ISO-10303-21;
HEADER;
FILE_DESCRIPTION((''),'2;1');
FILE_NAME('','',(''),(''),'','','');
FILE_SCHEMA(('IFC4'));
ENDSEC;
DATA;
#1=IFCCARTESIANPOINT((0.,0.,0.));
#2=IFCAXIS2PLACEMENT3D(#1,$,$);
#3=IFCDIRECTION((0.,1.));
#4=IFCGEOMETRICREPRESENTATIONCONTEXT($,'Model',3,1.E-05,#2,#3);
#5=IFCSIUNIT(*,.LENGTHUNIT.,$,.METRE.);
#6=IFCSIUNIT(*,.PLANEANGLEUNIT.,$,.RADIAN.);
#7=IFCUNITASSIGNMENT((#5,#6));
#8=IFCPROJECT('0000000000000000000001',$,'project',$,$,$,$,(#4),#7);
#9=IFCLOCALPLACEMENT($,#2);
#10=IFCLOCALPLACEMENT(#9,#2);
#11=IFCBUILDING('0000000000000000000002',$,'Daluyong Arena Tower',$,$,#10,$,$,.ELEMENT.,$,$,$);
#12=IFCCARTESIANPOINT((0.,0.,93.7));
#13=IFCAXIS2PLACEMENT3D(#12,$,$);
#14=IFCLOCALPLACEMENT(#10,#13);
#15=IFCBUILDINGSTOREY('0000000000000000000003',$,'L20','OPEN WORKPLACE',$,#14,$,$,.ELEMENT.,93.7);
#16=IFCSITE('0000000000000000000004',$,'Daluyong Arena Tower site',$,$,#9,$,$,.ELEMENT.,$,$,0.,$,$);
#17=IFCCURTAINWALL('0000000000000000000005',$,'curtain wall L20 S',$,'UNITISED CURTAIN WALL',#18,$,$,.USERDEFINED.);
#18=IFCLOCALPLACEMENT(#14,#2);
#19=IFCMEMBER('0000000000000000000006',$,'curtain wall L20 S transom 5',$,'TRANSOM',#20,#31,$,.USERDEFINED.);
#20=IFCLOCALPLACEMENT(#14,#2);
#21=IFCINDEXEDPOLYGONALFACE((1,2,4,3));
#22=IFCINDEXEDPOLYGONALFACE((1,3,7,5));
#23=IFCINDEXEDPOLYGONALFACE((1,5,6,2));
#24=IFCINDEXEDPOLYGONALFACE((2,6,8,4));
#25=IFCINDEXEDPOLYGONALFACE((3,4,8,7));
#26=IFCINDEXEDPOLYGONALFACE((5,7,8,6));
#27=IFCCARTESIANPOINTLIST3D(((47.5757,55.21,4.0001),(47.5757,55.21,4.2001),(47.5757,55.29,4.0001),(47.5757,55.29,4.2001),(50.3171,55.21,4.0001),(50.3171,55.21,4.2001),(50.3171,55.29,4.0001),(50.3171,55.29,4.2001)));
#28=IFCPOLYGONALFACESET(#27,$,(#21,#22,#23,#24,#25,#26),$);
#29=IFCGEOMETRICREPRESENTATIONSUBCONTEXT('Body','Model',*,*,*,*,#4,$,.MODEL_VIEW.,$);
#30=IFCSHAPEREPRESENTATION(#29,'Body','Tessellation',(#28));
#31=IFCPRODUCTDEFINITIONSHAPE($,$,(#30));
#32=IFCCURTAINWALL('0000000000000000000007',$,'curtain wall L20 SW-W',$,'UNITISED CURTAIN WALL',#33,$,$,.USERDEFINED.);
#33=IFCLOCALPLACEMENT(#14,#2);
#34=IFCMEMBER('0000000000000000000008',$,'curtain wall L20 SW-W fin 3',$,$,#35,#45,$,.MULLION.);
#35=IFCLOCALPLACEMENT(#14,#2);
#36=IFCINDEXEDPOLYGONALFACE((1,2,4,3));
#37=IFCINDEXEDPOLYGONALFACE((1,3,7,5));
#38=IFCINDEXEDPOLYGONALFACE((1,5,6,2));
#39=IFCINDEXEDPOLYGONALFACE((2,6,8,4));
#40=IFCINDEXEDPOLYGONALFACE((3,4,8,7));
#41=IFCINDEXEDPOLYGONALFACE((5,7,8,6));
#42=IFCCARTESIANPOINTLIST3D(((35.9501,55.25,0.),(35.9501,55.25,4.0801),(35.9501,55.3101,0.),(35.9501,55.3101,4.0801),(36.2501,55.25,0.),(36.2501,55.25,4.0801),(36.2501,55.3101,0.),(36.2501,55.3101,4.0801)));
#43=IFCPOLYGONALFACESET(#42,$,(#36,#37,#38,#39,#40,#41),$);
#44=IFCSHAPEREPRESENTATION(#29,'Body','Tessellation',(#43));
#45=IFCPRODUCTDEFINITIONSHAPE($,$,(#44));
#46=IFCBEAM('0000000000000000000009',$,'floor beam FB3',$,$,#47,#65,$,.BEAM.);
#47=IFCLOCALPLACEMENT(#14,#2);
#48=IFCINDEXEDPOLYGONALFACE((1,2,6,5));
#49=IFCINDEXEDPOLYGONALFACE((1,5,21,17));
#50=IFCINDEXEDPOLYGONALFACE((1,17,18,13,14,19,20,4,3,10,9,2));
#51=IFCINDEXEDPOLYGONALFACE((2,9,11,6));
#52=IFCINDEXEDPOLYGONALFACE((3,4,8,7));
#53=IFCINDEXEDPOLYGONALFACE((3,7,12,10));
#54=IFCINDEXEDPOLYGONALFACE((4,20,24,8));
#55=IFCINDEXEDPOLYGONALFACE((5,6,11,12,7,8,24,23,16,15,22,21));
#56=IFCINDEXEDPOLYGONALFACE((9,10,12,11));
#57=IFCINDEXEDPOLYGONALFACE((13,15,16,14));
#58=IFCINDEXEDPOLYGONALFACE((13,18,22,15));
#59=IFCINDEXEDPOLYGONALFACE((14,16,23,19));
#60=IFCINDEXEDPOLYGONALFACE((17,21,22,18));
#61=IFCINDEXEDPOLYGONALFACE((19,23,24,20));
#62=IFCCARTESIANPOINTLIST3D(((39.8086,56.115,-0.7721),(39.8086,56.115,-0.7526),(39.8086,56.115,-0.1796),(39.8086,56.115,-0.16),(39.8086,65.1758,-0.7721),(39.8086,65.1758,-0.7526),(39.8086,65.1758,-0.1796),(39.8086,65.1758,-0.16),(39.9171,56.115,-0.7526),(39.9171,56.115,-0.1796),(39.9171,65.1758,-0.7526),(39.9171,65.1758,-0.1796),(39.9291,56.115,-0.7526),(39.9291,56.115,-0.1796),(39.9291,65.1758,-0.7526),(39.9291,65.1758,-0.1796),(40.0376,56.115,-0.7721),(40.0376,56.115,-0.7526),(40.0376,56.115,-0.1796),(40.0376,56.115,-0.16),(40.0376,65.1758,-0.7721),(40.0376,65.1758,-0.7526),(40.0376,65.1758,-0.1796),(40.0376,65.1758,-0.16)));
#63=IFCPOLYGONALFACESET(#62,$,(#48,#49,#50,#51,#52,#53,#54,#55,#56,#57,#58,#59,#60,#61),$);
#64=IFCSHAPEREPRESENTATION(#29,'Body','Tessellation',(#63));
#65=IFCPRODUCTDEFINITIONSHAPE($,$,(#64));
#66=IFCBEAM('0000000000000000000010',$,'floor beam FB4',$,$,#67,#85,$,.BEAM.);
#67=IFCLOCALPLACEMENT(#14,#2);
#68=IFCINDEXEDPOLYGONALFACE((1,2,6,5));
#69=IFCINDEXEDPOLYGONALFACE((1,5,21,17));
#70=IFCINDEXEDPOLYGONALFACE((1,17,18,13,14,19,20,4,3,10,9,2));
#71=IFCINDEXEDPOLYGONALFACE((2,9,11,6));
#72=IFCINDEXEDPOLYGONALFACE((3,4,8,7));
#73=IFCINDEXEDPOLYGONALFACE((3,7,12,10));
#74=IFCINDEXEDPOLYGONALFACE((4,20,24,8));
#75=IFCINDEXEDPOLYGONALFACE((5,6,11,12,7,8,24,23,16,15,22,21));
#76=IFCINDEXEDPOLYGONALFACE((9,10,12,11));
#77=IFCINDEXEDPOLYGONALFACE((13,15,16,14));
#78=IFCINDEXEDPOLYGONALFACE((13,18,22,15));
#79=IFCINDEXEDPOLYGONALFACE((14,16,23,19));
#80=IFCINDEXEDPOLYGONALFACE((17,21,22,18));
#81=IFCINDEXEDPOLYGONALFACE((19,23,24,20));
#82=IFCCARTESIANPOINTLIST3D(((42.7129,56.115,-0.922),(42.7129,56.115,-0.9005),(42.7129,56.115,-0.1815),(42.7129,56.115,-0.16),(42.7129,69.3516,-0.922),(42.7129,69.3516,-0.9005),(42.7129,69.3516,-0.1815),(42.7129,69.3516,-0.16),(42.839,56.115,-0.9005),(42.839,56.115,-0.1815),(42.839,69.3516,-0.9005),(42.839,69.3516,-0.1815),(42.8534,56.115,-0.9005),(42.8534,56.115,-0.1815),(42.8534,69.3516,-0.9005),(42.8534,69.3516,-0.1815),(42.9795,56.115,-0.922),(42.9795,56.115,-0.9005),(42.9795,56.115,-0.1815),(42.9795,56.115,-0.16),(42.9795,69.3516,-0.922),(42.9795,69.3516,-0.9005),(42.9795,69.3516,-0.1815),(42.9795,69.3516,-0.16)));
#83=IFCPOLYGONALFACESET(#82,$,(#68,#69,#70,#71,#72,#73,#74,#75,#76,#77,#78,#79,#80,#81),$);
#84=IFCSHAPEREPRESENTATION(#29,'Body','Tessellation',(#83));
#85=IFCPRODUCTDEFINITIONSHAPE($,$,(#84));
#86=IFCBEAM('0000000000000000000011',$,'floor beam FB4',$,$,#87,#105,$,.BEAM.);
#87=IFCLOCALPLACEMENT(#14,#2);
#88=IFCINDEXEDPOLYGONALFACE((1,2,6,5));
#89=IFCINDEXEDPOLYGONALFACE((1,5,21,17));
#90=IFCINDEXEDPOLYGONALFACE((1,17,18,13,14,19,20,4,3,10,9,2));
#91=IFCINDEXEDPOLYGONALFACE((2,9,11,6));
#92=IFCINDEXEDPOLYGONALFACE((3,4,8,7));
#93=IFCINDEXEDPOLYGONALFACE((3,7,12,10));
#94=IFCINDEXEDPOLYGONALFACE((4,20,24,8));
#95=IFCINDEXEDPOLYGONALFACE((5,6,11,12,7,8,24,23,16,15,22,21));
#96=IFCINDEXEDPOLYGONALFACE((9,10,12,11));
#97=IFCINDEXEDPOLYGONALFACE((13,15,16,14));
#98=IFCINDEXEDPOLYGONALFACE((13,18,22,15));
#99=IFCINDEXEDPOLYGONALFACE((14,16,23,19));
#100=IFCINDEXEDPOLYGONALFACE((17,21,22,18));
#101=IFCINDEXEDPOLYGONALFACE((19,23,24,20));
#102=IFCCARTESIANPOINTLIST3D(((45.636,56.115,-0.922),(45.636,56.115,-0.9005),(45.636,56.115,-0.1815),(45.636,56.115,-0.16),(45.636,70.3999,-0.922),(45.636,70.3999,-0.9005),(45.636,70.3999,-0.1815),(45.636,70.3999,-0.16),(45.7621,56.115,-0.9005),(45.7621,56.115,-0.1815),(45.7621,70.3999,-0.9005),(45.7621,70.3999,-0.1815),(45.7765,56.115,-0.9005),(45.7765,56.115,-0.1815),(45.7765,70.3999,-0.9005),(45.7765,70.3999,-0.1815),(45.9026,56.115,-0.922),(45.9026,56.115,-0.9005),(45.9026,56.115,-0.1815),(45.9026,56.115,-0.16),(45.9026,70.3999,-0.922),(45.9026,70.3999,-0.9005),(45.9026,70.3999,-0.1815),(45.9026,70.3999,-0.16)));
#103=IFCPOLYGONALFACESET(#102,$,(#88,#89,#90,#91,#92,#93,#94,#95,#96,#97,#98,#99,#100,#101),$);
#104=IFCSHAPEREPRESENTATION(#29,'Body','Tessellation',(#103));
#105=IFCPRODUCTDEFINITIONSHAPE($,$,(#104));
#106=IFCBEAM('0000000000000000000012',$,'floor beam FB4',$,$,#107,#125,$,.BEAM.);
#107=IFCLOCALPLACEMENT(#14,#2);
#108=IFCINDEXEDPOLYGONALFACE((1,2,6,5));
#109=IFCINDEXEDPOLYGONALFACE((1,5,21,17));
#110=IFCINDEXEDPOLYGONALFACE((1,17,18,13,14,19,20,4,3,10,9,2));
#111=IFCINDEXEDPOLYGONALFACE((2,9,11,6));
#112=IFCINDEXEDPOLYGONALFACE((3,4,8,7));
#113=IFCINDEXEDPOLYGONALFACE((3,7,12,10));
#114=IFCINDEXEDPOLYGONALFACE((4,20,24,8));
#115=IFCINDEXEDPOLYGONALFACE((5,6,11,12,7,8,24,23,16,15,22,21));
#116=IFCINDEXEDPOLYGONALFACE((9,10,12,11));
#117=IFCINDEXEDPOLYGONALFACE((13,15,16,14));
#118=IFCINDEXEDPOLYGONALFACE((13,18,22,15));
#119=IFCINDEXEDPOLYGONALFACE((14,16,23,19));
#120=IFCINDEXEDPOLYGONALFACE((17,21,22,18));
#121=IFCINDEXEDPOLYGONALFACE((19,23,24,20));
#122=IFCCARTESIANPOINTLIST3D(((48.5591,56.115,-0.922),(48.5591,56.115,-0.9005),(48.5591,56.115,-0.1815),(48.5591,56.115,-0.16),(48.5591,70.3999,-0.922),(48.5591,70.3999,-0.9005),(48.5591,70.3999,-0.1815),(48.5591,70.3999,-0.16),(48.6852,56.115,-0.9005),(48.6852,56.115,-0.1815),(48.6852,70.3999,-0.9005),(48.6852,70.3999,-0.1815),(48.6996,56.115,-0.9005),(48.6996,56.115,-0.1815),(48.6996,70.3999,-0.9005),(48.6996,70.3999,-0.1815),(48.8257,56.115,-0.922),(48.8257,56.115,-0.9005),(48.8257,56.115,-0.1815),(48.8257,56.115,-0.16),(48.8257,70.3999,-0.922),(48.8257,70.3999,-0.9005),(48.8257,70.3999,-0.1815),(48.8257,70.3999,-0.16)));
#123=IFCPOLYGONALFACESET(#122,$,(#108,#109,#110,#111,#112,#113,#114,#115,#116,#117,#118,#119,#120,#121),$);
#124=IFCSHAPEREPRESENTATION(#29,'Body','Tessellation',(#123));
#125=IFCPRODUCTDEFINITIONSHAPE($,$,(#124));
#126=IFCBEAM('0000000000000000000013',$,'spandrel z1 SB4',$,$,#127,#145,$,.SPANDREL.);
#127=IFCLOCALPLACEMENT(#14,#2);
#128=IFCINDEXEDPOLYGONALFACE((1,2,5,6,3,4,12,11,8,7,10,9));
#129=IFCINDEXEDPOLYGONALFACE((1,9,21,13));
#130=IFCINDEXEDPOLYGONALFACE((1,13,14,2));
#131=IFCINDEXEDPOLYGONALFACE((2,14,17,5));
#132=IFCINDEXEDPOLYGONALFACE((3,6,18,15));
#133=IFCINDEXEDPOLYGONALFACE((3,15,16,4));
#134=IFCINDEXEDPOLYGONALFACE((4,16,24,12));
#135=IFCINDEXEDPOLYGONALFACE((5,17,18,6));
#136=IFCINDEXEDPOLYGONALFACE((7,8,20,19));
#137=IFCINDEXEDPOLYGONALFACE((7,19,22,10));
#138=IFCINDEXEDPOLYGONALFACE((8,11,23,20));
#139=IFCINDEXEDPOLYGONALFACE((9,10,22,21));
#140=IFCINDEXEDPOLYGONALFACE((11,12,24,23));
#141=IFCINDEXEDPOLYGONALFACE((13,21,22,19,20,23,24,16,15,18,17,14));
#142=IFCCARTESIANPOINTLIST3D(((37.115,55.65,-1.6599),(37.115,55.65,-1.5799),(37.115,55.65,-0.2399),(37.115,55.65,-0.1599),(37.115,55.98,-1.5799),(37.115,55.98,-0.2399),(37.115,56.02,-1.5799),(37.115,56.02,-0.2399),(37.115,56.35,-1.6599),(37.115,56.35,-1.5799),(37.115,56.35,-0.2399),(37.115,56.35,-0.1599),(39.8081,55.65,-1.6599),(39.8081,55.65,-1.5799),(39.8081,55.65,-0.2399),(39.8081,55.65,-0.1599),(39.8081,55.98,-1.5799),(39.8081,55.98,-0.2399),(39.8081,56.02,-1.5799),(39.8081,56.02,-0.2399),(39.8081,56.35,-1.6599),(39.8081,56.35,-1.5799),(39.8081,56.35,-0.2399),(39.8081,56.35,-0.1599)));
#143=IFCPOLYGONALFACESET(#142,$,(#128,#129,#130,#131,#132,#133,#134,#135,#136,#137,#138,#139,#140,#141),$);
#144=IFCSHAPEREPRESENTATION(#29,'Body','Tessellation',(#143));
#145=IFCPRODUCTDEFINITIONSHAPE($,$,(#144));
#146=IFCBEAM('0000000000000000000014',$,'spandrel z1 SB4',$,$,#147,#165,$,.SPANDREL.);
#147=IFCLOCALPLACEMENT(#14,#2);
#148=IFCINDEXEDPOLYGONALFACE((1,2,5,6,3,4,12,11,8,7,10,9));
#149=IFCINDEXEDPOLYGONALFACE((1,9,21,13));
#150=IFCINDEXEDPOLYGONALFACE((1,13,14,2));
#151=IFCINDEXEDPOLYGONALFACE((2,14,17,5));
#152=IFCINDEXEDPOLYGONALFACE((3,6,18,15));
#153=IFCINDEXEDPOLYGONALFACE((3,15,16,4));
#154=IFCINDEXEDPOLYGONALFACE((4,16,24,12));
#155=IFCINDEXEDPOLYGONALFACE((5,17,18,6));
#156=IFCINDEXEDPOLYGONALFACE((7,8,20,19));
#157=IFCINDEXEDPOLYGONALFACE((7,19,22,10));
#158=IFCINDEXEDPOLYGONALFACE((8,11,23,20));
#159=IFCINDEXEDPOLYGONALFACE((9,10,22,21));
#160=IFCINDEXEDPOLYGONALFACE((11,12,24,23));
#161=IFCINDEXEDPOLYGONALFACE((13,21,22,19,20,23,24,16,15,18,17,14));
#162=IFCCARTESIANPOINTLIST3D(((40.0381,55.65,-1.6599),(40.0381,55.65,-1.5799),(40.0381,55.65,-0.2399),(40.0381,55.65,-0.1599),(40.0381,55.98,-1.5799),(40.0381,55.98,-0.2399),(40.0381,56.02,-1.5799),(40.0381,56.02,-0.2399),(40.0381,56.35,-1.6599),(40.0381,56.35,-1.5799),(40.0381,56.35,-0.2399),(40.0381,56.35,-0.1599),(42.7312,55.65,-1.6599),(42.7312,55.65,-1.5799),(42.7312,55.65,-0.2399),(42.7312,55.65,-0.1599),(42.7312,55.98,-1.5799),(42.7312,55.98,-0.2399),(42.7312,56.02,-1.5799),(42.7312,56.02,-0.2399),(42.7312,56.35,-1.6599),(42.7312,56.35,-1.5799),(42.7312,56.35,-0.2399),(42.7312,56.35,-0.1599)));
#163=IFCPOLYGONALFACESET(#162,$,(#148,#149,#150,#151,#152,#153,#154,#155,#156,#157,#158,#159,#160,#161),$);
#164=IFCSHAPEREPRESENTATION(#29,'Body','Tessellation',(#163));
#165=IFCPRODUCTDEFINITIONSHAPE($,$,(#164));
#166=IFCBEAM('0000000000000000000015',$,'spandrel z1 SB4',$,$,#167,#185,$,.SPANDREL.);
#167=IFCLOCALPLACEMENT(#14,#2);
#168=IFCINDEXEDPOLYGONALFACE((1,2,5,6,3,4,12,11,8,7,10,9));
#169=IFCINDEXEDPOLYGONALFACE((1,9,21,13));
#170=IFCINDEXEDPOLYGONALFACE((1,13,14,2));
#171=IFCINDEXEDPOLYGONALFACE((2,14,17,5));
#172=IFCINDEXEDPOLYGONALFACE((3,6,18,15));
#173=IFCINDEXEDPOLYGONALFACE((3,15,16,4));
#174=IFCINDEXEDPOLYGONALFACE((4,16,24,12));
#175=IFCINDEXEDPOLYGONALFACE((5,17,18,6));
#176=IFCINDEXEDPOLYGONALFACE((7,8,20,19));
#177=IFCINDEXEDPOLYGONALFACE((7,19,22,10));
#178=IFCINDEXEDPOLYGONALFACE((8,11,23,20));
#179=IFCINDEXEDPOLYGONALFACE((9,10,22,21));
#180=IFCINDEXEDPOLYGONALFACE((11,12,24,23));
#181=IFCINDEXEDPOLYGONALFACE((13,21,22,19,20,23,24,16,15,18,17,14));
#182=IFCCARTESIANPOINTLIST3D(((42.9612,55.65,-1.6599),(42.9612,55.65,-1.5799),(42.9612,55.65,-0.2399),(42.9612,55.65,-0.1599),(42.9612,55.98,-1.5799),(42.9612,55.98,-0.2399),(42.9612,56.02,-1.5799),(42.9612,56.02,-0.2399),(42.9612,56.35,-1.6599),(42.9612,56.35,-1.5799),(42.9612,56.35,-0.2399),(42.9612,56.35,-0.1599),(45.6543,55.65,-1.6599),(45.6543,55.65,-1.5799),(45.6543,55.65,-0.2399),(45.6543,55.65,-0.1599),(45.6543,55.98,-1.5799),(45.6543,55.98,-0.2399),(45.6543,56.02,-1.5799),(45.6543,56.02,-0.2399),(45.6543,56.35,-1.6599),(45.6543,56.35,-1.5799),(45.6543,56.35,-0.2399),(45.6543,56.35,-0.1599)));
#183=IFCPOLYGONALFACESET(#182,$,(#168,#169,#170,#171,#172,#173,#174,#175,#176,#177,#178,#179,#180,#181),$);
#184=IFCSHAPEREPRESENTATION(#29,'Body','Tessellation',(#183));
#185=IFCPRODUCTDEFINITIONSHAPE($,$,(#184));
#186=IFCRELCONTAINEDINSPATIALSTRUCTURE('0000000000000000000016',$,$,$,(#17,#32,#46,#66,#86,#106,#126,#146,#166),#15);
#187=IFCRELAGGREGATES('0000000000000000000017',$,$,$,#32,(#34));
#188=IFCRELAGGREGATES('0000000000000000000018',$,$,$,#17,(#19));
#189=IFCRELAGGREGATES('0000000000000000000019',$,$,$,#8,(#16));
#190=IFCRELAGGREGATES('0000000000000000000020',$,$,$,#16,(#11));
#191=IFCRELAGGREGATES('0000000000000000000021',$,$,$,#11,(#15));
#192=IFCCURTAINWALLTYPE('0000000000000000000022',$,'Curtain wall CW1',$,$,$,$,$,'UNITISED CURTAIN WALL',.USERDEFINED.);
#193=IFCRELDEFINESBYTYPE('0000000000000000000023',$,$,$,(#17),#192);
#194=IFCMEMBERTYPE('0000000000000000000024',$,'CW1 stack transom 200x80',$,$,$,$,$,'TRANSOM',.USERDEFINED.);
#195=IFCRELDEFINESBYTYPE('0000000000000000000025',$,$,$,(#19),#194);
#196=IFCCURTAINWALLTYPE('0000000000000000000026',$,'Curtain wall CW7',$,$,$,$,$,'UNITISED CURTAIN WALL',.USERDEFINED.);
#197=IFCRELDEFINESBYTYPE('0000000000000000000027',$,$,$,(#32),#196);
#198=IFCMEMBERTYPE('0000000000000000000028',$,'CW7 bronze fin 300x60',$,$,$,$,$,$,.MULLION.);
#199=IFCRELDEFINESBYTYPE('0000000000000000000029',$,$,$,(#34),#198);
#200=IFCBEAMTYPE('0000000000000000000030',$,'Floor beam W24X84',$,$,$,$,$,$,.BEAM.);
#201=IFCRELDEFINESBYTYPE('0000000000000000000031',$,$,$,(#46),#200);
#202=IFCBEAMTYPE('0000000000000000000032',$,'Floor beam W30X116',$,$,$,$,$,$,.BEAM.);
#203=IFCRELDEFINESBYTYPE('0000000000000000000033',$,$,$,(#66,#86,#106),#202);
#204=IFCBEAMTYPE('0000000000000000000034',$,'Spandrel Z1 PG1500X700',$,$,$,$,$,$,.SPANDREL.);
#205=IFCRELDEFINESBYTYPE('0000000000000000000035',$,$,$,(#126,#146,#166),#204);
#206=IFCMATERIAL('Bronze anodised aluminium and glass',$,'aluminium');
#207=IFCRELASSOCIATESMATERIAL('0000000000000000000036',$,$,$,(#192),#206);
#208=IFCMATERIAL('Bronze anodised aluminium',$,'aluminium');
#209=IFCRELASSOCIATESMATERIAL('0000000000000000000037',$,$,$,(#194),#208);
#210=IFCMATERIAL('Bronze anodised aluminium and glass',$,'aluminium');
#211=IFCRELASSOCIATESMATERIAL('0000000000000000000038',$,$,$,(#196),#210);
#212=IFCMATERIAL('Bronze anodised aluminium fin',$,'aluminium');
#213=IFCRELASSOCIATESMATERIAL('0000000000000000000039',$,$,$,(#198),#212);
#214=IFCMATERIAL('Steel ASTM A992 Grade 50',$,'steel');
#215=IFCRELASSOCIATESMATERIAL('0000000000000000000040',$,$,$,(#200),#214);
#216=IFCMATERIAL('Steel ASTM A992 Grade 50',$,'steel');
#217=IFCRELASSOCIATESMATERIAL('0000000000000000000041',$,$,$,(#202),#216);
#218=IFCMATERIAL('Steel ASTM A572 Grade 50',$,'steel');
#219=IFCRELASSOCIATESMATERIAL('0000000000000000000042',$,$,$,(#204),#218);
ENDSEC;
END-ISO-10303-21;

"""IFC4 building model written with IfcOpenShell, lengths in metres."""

from ifc_helpers import new_model, si_unit, direction, frame, origin, origin_2d, place, context, subcontext, project, spatial, rectangle, i_section, extrude, material, material_profile, profile_set, type_object, element, aggregate, save


model = new_model("IFC4")

# Units and contexts
model_context = context("Model", 3, precision=1e-05, world=origin(), true_north=direction((0.0, 1.0)))
body_context = subcontext(model_context, "Body", "Model", "MODEL_VIEW")
ifc_project = project(units=[si_unit("LENGTHUNIT", "METRE"), si_unit("PLANEANGLEUNIT", "RADIAN")], contexts=[model_context])

# Site, building, storey
site_placement = place(None, origin())
site = spatial("IfcSite", under=ifc_project, at=site_placement, Name="Daluyong Arena Tower site", CompositionType="ELEMENT", RefElevation=0.0)
building_placement = place(site_placement, origin())
building = spatial("IfcBuilding", under=site, at=building_placement, Name="Daluyong Arena Tower", CompositionType="ELEMENT")
storey_placement = place(building_placement, frame((0.0, 0.0, 93.7)))
storey = spatial("IfcBuildingStorey", under=building, at=storey_placement, Name="L20", Description="OPEN WORKPLACE", CompositionType="ELEMENT", Elevation=93.7)

# Curtain wall, member
ifc_material_1 = material(Name="Bronze anodised aluminium and glass", Category="aluminium")
curtain_wall_type_1 = type_object("IfcCurtainWallType", Name="Curtain wall CW1", ElementType="UNITISED CURTAIN WALL", PredefinedType="USERDEFINED", material=ifc_material_1)
curtain_wall_1_placement = place(storey_placement, origin())
curtain_wall_1 = element("IfcCurtainWall", 1, at=curtain_wall_1_placement, inside=storey, type_object=curtain_wall_type_1, Name="curtain wall L20 S", ObjectType="UNITISED CURTAIN WALL", PredefinedType="USERDEFINED")
ifc_material_2 = material(Name="Bronze anodised aluminium", Category="aluminium")
ifc_material_profile_1 = material_profile(ifc_material_2, rectangle(XDim=0.0801, YDim=0.2, at=origin_2d()))
ifc_profile_set_1 = profile_set([ifc_material_profile_1], Name="Bronze anodised aluminium")
member_type_1 = type_object("IfcMemberType", Name="CW1 stack transom 200x80", ElementType="TRANSOM", PredefinedType="USERDEFINED", material=ifc_profile_set_1)
member_1_placement = place(storey_placement, frame((47.5757, 55.25, 4.1001), z_axis=(1.0, 0.0, 0.0), x_axis=(0.0, 1.0, 0.0)))
member_1 = element("IfcMember", 2, at=member_1_placement, type_object=member_type_1, Name="curtain wall L20 S transom 5", ObjectType="TRANSOM", PredefinedType="USERDEFINED", context=body_context, shape_type="SweptSolid", body=[
    extrude(rectangle(XDim=0.0801, YDim=0.2, at=origin_2d()), origin(), (0.0, 0.0, 1.0), 2.7415),
])

# Curtain wall, member
ifc_material_3 = material(Name="Bronze anodised aluminium and glass", Category="aluminium")
curtain_wall_type_2 = type_object("IfcCurtainWallType", Name="Curtain wall CW7", ElementType="UNITISED CURTAIN WALL", PredefinedType="USERDEFINED", material=ifc_material_3)
curtain_wall_2_placement = place(storey_placement, origin())
curtain_wall_2 = element("IfcCurtainWall", 3, at=curtain_wall_2_placement, inside=storey, type_object=curtain_wall_type_2, Name="curtain wall L20 SW-W", ObjectType="UNITISED CURTAIN WALL", PredefinedType="USERDEFINED")
ifc_material_4 = material(Name="Bronze anodised aluminium fin", Category="aluminium")
ifc_material_profile_2 = material_profile(ifc_material_4, rectangle(XDim=0.3, YDim=0.0601, at=origin_2d()))
ifc_profile_set_2 = profile_set([ifc_material_profile_2], Name="Bronze anodised aluminium fin")
member_type_2 = type_object("IfcMemberType", Name="CW7 bronze fin 300x60", PredefinedType="MULLION", material=ifc_profile_set_2)
member_2_placement = place(storey_placement, frame((36.1001, 55.28, 0.0), z_axis=(0.0, 0.0, 1.0), x_axis=(1.0, 0.0, 0.0)))
member_2 = element("IfcMember", 4, at=member_2_placement, type_object=member_type_2, Name="curtain wall L20 SW-W fin 3", PredefinedType="MULLION", context=body_context, shape_type="SweptSolid", body=[
    extrude(rectangle(XDim=0.3, YDim=0.0601, at=origin_2d()), origin(), (0.0, 0.0, 1.0), 4.0801),
])
aggregate(curtain_wall_2, [member_2])

# Beams
ifc_material_5 = material(Name="Steel ASTM A992 Grade 50", Category="steel")
ifc_material_profile_3 = material_profile(ifc_material_5, i_section(OverallWidth=0.229, OverallDepth=0.6121, WebThickness=0.012, FlangeThickness=0.0195, at=origin_2d()))
ifc_profile_set_3 = profile_set([ifc_material_profile_3], Name="Steel ASTM A992 Grade 50")
beam_type_1 = type_object("IfcBeamType", Name="Floor beam W24X84", PredefinedType="BEAM", material=ifc_profile_set_3)
beam_1_placement = place(storey_placement, frame((39.9231, 56.115, -0.4661), z_axis=(0.0, 1.0, 0.0), x_axis=(-1.0, 0.0, 0.0)))
element("IfcBeam", 5, at=beam_1_placement, inside=storey, type_object=beam_type_1, Name="floor beam FB3", PredefinedType="BEAM", context=body_context, shape_type="SweptSolid", body=[
    extrude(i_section(OverallWidth=0.229, OverallDepth=0.6121, WebThickness=0.012, FlangeThickness=0.0195, at=origin_2d()), origin(), (0.0, 0.0, 1.0), 9.0608),
])
ifc_material_6 = material(Name="Steel ASTM A992 Grade 50", Category="steel")
ifc_material_profile_4 = material_profile(ifc_material_6, i_section(OverallWidth=0.2666, OverallDepth=0.762, WebThickness=0.0144, FlangeThickness=0.0215, at=origin_2d()))
ifc_profile_set_4 = profile_set([ifc_material_profile_4], Name="Steel ASTM A992 Grade 50")
beam_type_2 = type_object("IfcBeamType", Name="Floor beam W30X116", PredefinedType="BEAM", material=ifc_profile_set_4)
beam_2_placement = place(storey_placement, frame((42.8462, 56.115, -0.541), z_axis=(0.0, 1.0, 0.0), x_axis=(-1.0, 0.0, 0.0)))
element("IfcBeam", 6, at=beam_2_placement, inside=storey, type_object=beam_type_2, Name="floor beam FB4", PredefinedType="BEAM", context=body_context, shape_type="SweptSolid", body=[
    extrude(i_section(OverallWidth=0.2666, OverallDepth=0.762, WebThickness=0.0144, FlangeThickness=0.0215, at=origin_2d()), origin(), (0.0, 0.0, 1.0), 13.2366),
])
for number, where, z_axis, x_axis, name in (
    (7, (45.7693, 56.115, -0.541), (0.0, 1.0, 0.0), (-1.0, 0.0, 0.0), "floor beam FB4"),
    (8, (48.6924, 56.115, -0.541), (0.0, 1.0, 0.0), (-1.0, 0.0, 0.0), "floor beam FB4"),
):
    element("IfcBeam", number, at=place(storey_placement, frame(where, z_axis=z_axis, x_axis=x_axis)), inside=storey, type_object=beam_type_2, Name=name, PredefinedType="BEAM", context=body_context, shape_type="SweptSolid", body=[
        extrude(i_section(OverallWidth=0.2666, OverallDepth=0.762, WebThickness=0.0144, FlangeThickness=0.0215, at=origin_2d()), origin(), (0.0, 0.0, 1.0), 14.2849),
    ])
ifc_material_7 = material(Name="Steel ASTM A572 Grade 50", Category="steel")
ifc_material_profile_5 = material_profile(ifc_material_7, i_section(OverallWidth=0.7, OverallDepth=1.5, WebThickness=0.04, FlangeThickness=0.08, at=origin_2d()))
ifc_profile_set_5 = profile_set([ifc_material_profile_5], Name="Steel ASTM A572 Grade 50")
beam_type_3 = type_object("IfcBeamType", Name="Spandrel Z1 PG1500X700", PredefinedType="SPANDREL", material=ifc_profile_set_5)
for number, where, z_axis, x_axis, name in (
    (9, (37.115, 56.0, -0.9099), (1.0, 0.0, 0.0), (0.0, 1.0, 0.0), "spandrel z1 SB4"),
    (10, (40.0381, 56.0, -0.9099), (1.0, 0.0, 0.0), (0.0, 1.0, 0.0), "spandrel z1 SB4"),
    (11, (42.9612, 56.0, -0.9099), (1.0, 0.0, 0.0), (0.0, 1.0, 0.0), "spandrel z1 SB4"),
):
    element("IfcBeam", number, at=place(storey_placement, frame(where, z_axis=z_axis, x_axis=x_axis)), inside=storey, type_object=beam_type_3, Name=name, PredefinedType="SPANDREL", context=body_context, shape_type="SweptSolid", body=[
        extrude(i_section(OverallWidth=0.7, OverallDepth=1.5, WebThickness=0.04, FlangeThickness=0.08, at=origin_2d()), origin(), (0.0, 0.0, 1.0), 2.6931),
    ])

aggregate(curtain_wall_1, [member_1])

save(model, "model.ifc")
